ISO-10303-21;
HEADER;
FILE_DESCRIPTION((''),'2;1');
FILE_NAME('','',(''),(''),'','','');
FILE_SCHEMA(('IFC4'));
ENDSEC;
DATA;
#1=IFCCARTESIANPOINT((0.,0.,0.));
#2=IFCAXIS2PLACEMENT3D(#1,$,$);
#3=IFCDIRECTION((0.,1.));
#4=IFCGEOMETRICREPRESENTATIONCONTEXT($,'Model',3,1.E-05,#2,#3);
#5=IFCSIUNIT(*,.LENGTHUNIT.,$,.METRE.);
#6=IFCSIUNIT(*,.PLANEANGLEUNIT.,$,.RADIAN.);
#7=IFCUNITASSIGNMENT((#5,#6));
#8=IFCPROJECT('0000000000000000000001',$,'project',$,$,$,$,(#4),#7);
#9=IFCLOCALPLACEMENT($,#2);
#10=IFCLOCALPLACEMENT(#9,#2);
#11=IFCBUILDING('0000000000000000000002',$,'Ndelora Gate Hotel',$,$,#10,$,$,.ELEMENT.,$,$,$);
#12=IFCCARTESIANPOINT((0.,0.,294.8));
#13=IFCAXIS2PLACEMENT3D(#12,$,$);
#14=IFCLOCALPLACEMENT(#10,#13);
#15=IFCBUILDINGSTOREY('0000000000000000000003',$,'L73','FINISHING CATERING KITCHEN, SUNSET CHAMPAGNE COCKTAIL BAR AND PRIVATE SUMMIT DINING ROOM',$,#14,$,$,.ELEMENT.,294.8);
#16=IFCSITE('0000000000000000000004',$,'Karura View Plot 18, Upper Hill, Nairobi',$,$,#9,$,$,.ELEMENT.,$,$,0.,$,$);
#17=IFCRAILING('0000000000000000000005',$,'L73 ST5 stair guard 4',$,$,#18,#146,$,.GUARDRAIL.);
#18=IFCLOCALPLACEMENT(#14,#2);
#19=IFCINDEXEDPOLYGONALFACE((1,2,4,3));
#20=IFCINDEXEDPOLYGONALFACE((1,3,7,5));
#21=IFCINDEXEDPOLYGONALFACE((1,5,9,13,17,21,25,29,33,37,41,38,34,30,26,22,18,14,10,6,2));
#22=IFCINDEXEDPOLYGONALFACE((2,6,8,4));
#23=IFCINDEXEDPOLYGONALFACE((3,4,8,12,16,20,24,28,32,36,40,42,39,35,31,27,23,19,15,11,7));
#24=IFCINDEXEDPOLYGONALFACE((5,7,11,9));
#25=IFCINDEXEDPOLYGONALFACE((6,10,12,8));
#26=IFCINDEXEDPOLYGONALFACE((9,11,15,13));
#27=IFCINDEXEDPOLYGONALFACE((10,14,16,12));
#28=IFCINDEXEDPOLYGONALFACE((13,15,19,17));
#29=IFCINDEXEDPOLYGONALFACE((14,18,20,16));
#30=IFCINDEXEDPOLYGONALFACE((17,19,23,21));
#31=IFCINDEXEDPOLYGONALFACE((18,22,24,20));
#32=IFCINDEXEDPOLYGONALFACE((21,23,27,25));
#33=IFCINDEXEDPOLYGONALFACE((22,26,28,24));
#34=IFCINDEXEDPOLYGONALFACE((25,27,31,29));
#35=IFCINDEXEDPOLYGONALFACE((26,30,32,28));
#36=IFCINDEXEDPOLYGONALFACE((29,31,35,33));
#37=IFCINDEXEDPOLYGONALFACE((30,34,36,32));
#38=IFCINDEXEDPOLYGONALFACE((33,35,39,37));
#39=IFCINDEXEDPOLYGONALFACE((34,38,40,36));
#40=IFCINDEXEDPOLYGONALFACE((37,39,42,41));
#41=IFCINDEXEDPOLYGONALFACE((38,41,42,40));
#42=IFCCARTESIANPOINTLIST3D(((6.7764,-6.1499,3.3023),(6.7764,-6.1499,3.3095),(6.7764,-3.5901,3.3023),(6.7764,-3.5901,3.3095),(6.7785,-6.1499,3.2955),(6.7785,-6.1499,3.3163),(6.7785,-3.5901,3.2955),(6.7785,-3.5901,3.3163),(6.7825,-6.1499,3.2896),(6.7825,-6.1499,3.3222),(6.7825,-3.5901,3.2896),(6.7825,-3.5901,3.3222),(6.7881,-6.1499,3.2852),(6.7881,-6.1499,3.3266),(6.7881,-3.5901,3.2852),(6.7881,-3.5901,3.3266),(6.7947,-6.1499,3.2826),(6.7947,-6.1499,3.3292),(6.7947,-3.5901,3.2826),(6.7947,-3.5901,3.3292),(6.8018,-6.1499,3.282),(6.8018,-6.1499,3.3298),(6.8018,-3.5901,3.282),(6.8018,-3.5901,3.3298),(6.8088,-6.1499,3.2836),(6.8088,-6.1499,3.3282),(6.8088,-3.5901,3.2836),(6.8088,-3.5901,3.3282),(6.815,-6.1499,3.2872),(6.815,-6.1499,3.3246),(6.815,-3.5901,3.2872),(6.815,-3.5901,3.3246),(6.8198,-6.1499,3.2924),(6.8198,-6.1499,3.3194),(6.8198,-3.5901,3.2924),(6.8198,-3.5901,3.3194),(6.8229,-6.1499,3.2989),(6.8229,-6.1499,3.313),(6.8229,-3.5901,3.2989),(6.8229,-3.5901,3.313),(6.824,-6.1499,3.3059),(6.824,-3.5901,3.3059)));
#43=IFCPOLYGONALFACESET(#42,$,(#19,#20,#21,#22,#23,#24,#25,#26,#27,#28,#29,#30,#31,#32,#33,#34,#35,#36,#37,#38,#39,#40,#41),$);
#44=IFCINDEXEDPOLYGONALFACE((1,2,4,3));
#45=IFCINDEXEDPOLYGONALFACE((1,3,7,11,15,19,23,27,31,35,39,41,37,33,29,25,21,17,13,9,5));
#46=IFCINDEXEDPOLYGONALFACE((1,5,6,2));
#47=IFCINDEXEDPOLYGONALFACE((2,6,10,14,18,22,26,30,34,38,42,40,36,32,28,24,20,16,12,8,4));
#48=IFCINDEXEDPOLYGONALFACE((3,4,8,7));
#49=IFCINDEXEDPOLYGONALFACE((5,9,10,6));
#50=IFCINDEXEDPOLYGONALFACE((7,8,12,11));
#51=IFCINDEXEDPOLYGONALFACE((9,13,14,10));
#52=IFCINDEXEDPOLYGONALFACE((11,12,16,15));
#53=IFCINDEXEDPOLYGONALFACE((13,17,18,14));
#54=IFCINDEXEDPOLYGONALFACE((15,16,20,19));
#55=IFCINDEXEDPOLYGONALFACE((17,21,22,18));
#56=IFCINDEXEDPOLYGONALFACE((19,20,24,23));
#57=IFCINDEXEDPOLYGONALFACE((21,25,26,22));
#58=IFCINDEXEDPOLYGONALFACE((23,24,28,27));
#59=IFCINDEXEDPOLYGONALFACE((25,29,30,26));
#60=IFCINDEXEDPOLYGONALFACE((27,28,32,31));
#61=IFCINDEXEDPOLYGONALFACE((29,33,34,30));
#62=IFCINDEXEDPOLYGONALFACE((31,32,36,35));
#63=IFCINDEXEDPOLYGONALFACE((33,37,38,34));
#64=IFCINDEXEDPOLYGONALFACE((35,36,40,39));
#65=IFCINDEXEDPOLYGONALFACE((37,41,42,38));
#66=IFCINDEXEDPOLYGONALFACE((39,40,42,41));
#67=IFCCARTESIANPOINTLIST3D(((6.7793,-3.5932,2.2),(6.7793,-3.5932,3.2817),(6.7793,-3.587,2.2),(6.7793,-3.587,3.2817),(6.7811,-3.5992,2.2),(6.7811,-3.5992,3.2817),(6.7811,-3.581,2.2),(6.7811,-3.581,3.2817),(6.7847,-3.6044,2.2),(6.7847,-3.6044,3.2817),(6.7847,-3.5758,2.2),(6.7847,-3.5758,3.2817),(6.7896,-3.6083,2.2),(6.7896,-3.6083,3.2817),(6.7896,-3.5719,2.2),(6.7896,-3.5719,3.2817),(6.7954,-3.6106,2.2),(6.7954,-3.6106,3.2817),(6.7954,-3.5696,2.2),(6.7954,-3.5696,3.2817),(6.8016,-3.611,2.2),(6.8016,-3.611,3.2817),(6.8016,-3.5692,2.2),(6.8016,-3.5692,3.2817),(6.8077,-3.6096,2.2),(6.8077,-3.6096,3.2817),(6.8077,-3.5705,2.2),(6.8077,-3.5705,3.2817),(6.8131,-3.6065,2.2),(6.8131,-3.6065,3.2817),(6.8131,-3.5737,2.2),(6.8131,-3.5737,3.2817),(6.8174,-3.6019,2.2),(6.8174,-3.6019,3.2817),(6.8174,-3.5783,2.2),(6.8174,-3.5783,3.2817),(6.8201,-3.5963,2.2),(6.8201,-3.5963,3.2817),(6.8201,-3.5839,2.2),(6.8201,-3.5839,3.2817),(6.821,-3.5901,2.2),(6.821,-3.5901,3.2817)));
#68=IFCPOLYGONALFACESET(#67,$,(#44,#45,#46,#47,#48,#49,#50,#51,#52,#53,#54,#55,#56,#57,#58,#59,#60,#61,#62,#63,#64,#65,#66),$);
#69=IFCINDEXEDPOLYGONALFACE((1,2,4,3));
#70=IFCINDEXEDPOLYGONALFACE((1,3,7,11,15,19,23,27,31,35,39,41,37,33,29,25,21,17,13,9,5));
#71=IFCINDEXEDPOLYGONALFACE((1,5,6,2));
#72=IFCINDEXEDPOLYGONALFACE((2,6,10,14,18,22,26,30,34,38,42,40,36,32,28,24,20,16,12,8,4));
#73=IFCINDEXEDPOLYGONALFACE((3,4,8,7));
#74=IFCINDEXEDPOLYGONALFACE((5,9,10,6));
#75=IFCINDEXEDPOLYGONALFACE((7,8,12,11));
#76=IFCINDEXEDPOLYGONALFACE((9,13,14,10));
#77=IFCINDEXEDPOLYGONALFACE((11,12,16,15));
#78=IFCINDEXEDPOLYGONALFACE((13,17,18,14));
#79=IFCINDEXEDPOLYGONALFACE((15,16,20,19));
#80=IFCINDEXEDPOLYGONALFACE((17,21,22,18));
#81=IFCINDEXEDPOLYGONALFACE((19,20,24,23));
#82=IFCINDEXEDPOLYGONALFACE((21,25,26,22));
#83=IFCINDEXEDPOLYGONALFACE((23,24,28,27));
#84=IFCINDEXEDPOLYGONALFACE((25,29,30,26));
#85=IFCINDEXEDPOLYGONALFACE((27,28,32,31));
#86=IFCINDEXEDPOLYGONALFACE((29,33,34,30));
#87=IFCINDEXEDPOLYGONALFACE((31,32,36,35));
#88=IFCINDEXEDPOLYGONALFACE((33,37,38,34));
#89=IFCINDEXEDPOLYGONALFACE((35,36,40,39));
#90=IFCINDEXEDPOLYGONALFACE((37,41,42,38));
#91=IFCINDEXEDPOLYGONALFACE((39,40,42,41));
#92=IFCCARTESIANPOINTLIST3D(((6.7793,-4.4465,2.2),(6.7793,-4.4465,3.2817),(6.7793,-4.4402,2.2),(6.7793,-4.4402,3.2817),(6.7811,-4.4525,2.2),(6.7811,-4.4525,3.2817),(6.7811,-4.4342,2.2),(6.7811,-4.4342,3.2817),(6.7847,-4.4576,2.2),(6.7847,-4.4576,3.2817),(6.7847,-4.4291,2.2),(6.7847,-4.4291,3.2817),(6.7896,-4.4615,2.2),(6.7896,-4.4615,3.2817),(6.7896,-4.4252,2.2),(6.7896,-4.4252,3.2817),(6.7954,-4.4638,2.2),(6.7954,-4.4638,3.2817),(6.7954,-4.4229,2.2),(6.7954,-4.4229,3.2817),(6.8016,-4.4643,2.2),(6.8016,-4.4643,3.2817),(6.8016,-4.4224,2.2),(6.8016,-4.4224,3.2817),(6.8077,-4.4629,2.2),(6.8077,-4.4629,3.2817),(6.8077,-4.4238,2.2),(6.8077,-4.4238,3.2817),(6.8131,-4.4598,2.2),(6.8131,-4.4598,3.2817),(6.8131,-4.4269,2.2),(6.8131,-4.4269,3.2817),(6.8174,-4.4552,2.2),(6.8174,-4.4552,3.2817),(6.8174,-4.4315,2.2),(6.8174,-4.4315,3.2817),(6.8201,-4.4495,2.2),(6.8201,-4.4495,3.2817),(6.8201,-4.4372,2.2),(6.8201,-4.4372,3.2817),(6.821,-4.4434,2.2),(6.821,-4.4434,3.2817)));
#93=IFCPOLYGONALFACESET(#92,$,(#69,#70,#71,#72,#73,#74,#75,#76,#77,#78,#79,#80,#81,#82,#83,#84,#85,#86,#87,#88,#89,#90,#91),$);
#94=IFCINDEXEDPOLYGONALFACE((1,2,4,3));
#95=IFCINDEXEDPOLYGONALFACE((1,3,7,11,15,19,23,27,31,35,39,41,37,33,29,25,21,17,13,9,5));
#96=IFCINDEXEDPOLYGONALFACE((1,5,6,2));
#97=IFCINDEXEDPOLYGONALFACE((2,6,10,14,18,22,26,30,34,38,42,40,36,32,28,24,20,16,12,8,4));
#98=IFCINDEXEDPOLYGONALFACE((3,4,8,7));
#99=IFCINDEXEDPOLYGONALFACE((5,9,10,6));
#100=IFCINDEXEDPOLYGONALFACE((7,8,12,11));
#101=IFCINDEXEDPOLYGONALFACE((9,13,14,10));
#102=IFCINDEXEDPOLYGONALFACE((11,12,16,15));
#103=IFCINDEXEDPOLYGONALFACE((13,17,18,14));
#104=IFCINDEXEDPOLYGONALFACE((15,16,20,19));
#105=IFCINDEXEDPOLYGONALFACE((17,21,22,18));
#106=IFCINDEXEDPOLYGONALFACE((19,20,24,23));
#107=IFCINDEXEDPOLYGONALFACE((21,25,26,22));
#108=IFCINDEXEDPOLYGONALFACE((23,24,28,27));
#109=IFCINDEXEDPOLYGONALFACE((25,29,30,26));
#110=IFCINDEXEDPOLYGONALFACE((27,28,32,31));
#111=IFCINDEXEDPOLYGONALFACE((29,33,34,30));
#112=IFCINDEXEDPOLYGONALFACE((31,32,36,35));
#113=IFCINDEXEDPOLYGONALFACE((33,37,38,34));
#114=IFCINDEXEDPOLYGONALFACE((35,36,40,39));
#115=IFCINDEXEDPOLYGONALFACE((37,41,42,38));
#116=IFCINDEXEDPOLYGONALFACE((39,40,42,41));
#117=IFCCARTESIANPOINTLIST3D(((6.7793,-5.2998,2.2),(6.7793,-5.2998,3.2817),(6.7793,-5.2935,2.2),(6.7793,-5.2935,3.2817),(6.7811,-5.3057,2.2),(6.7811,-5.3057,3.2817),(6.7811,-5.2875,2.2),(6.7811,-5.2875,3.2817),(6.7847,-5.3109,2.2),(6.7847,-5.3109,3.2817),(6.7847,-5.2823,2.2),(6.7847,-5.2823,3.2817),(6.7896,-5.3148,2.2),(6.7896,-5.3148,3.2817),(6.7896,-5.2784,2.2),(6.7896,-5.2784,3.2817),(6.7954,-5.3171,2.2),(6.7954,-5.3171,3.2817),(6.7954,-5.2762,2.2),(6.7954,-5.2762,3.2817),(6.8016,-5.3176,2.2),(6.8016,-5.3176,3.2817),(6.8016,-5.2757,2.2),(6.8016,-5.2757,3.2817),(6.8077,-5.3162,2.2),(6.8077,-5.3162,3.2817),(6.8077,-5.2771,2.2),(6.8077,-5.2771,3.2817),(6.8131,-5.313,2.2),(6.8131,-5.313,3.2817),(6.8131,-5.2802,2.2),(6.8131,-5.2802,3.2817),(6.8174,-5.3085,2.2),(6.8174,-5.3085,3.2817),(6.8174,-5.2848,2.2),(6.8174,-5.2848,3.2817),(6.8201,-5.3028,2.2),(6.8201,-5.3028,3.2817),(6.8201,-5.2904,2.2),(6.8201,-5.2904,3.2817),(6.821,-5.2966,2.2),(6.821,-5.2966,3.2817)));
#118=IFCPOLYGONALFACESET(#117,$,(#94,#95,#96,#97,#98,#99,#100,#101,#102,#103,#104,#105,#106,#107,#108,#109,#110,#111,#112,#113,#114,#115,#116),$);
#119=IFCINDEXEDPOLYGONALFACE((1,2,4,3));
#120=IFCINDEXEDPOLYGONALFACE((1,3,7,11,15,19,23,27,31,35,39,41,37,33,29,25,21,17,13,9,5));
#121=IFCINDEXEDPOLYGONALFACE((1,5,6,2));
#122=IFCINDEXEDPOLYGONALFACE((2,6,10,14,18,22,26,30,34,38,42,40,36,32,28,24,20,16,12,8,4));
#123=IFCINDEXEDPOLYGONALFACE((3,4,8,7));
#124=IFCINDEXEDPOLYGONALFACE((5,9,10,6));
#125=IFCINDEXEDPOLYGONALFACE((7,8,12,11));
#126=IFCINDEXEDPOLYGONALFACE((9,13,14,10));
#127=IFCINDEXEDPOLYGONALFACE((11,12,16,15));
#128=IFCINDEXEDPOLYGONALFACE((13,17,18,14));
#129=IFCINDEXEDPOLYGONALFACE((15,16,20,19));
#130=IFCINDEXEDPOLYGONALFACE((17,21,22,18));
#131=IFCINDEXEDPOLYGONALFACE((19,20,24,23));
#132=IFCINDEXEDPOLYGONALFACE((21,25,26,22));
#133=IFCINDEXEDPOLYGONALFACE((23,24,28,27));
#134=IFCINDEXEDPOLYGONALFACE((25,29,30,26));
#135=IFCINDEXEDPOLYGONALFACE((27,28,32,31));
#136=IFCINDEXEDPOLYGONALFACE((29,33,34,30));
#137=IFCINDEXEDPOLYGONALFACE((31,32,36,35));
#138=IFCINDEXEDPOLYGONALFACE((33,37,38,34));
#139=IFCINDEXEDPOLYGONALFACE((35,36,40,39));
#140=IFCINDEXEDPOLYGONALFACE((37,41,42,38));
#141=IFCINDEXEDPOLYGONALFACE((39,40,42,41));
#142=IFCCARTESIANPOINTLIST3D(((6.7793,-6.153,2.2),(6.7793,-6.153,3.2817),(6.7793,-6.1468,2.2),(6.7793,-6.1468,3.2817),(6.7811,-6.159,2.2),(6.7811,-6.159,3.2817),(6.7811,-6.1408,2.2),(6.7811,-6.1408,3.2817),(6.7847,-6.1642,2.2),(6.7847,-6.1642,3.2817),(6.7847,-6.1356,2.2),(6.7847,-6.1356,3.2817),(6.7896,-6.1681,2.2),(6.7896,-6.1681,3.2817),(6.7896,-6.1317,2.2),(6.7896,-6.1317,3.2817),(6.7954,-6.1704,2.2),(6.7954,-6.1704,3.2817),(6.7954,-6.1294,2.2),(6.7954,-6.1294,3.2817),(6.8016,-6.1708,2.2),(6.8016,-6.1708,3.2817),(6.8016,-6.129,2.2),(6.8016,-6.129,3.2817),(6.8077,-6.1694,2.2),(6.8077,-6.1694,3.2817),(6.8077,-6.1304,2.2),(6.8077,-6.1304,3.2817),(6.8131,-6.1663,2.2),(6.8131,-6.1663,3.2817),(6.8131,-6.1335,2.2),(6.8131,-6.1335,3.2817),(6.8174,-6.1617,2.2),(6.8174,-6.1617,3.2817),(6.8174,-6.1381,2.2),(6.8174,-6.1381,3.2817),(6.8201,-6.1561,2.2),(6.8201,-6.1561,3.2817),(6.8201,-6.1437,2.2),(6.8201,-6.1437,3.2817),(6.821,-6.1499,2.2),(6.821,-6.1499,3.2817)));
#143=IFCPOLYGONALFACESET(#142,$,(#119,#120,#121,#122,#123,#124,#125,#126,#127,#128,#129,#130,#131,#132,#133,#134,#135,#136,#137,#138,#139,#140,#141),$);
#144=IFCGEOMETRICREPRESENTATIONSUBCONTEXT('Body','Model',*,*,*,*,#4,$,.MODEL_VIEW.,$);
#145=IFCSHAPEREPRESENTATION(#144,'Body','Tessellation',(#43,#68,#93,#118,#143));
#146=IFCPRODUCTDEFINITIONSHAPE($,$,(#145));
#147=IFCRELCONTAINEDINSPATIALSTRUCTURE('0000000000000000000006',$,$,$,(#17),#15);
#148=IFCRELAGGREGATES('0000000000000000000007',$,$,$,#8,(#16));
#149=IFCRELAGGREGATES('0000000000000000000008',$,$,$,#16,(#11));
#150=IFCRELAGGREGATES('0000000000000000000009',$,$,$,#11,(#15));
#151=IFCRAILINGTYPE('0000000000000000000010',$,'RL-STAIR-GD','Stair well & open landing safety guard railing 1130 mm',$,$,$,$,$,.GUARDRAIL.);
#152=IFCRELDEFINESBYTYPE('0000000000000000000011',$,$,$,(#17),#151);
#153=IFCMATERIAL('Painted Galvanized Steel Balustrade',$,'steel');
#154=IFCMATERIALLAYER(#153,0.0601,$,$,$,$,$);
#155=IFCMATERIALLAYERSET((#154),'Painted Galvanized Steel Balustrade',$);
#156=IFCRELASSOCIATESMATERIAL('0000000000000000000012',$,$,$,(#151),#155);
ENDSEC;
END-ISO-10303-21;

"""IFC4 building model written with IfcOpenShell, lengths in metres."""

from ifc_helpers import new_model, si_unit, direction, frame, origin, origin_2d, place, context, subcontext, project, spatial, circle, extrude, material, layer, layer_set, type_object, element, save


model = new_model("IFC4")

# Units and contexts
model_context = context("Model", 3, precision=1e-05, world=origin(), true_north=direction((0.0, 1.0)))
body_context = subcontext(model_context, "Body", "Model", "MODEL_VIEW")
ifc_project = project(units=[si_unit("LENGTHUNIT", "METRE"), si_unit("PLANEANGLEUNIT", "RADIAN")], contexts=[model_context])

# Site, building, storey
site_placement = place(None, origin())
site = spatial("IfcSite", under=ifc_project, at=site_placement, Name="Karura View Plot 18, Upper Hill, Nairobi", CompositionType="ELEMENT", RefElevation=0.0)
building_placement = place(site_placement, origin())
building = spatial("IfcBuilding", under=site, at=building_placement, Name="Ndelora Gate Hotel", CompositionType="ELEMENT")
storey_placement = place(building_placement, frame((0.0, 0.0, 294.8)))
storey = spatial("IfcBuildingStorey", under=building, at=storey_placement, Name="L73", Description="FINISHING CATERING KITCHEN, SUNSET CHAMPAGNE COCKTAIL BAR AND PRIVATE SUMMIT DINING ROOM", CompositionType="ELEMENT", Elevation=294.8)

# Railing
ifc_material_1 = material(Name="Painted Galvanized Steel Balustrade", Category="steel")
ifc_layer_1 = layer(ifc_material_1, 0.0601)
ifc_layer_set_1 = layer_set([ifc_layer_1], Name="Painted Galvanized Steel Balustrade")
railing_type_1 = type_object("IfcRailingType", Name="RL-STAIR-GD", Description="Stair well & open landing safety guard railing 1130 mm", PredefinedType="GUARDRAIL", material=ifc_layer_set_1)
for number, where, name in (
    (1, (6.8, -3.5901, 2.2), "L73 ST5 stair guard 4"),
):
    element("IfcRailing", number, at=place(storey_placement, frame(where)), inside=storey, type_object=railing_type_1, Name=name, PredefinedType="GUARDRAIL", context=body_context, shape_type="SweptSolid", body=[
        extrude(circle(Radius=0.0239, at=origin_2d()), frame((0.0, 0.0, 1.106), z_axis=(0.0, -1.0, 0.0), x_axis=(1.0, 0.0, 0.0)), (0.0, 0.0, 1.0), 2.5598),
        extrude(circle(Radius=0.021, at=origin_2d()), origin(), (0.0, 0.0, 1.0), 1.0818),
        extrude(circle(Radius=0.021, at=origin_2d()), frame((0.0, -0.8533, 0.0)), (0.0, 0.0, 1.0), 1.0818),
        extrude(circle(Radius=0.021, at=origin_2d()), frame((0.0, -1.7065, 0.0)), (0.0, 0.0, 1.0), 1.0818),
        extrude(circle(Radius=0.021, at=origin_2d()), frame((0.0, -2.5598, 0.0)), (0.0, 0.0, 1.0), 1.0818),
    ])

save(model, "model.ifc")
